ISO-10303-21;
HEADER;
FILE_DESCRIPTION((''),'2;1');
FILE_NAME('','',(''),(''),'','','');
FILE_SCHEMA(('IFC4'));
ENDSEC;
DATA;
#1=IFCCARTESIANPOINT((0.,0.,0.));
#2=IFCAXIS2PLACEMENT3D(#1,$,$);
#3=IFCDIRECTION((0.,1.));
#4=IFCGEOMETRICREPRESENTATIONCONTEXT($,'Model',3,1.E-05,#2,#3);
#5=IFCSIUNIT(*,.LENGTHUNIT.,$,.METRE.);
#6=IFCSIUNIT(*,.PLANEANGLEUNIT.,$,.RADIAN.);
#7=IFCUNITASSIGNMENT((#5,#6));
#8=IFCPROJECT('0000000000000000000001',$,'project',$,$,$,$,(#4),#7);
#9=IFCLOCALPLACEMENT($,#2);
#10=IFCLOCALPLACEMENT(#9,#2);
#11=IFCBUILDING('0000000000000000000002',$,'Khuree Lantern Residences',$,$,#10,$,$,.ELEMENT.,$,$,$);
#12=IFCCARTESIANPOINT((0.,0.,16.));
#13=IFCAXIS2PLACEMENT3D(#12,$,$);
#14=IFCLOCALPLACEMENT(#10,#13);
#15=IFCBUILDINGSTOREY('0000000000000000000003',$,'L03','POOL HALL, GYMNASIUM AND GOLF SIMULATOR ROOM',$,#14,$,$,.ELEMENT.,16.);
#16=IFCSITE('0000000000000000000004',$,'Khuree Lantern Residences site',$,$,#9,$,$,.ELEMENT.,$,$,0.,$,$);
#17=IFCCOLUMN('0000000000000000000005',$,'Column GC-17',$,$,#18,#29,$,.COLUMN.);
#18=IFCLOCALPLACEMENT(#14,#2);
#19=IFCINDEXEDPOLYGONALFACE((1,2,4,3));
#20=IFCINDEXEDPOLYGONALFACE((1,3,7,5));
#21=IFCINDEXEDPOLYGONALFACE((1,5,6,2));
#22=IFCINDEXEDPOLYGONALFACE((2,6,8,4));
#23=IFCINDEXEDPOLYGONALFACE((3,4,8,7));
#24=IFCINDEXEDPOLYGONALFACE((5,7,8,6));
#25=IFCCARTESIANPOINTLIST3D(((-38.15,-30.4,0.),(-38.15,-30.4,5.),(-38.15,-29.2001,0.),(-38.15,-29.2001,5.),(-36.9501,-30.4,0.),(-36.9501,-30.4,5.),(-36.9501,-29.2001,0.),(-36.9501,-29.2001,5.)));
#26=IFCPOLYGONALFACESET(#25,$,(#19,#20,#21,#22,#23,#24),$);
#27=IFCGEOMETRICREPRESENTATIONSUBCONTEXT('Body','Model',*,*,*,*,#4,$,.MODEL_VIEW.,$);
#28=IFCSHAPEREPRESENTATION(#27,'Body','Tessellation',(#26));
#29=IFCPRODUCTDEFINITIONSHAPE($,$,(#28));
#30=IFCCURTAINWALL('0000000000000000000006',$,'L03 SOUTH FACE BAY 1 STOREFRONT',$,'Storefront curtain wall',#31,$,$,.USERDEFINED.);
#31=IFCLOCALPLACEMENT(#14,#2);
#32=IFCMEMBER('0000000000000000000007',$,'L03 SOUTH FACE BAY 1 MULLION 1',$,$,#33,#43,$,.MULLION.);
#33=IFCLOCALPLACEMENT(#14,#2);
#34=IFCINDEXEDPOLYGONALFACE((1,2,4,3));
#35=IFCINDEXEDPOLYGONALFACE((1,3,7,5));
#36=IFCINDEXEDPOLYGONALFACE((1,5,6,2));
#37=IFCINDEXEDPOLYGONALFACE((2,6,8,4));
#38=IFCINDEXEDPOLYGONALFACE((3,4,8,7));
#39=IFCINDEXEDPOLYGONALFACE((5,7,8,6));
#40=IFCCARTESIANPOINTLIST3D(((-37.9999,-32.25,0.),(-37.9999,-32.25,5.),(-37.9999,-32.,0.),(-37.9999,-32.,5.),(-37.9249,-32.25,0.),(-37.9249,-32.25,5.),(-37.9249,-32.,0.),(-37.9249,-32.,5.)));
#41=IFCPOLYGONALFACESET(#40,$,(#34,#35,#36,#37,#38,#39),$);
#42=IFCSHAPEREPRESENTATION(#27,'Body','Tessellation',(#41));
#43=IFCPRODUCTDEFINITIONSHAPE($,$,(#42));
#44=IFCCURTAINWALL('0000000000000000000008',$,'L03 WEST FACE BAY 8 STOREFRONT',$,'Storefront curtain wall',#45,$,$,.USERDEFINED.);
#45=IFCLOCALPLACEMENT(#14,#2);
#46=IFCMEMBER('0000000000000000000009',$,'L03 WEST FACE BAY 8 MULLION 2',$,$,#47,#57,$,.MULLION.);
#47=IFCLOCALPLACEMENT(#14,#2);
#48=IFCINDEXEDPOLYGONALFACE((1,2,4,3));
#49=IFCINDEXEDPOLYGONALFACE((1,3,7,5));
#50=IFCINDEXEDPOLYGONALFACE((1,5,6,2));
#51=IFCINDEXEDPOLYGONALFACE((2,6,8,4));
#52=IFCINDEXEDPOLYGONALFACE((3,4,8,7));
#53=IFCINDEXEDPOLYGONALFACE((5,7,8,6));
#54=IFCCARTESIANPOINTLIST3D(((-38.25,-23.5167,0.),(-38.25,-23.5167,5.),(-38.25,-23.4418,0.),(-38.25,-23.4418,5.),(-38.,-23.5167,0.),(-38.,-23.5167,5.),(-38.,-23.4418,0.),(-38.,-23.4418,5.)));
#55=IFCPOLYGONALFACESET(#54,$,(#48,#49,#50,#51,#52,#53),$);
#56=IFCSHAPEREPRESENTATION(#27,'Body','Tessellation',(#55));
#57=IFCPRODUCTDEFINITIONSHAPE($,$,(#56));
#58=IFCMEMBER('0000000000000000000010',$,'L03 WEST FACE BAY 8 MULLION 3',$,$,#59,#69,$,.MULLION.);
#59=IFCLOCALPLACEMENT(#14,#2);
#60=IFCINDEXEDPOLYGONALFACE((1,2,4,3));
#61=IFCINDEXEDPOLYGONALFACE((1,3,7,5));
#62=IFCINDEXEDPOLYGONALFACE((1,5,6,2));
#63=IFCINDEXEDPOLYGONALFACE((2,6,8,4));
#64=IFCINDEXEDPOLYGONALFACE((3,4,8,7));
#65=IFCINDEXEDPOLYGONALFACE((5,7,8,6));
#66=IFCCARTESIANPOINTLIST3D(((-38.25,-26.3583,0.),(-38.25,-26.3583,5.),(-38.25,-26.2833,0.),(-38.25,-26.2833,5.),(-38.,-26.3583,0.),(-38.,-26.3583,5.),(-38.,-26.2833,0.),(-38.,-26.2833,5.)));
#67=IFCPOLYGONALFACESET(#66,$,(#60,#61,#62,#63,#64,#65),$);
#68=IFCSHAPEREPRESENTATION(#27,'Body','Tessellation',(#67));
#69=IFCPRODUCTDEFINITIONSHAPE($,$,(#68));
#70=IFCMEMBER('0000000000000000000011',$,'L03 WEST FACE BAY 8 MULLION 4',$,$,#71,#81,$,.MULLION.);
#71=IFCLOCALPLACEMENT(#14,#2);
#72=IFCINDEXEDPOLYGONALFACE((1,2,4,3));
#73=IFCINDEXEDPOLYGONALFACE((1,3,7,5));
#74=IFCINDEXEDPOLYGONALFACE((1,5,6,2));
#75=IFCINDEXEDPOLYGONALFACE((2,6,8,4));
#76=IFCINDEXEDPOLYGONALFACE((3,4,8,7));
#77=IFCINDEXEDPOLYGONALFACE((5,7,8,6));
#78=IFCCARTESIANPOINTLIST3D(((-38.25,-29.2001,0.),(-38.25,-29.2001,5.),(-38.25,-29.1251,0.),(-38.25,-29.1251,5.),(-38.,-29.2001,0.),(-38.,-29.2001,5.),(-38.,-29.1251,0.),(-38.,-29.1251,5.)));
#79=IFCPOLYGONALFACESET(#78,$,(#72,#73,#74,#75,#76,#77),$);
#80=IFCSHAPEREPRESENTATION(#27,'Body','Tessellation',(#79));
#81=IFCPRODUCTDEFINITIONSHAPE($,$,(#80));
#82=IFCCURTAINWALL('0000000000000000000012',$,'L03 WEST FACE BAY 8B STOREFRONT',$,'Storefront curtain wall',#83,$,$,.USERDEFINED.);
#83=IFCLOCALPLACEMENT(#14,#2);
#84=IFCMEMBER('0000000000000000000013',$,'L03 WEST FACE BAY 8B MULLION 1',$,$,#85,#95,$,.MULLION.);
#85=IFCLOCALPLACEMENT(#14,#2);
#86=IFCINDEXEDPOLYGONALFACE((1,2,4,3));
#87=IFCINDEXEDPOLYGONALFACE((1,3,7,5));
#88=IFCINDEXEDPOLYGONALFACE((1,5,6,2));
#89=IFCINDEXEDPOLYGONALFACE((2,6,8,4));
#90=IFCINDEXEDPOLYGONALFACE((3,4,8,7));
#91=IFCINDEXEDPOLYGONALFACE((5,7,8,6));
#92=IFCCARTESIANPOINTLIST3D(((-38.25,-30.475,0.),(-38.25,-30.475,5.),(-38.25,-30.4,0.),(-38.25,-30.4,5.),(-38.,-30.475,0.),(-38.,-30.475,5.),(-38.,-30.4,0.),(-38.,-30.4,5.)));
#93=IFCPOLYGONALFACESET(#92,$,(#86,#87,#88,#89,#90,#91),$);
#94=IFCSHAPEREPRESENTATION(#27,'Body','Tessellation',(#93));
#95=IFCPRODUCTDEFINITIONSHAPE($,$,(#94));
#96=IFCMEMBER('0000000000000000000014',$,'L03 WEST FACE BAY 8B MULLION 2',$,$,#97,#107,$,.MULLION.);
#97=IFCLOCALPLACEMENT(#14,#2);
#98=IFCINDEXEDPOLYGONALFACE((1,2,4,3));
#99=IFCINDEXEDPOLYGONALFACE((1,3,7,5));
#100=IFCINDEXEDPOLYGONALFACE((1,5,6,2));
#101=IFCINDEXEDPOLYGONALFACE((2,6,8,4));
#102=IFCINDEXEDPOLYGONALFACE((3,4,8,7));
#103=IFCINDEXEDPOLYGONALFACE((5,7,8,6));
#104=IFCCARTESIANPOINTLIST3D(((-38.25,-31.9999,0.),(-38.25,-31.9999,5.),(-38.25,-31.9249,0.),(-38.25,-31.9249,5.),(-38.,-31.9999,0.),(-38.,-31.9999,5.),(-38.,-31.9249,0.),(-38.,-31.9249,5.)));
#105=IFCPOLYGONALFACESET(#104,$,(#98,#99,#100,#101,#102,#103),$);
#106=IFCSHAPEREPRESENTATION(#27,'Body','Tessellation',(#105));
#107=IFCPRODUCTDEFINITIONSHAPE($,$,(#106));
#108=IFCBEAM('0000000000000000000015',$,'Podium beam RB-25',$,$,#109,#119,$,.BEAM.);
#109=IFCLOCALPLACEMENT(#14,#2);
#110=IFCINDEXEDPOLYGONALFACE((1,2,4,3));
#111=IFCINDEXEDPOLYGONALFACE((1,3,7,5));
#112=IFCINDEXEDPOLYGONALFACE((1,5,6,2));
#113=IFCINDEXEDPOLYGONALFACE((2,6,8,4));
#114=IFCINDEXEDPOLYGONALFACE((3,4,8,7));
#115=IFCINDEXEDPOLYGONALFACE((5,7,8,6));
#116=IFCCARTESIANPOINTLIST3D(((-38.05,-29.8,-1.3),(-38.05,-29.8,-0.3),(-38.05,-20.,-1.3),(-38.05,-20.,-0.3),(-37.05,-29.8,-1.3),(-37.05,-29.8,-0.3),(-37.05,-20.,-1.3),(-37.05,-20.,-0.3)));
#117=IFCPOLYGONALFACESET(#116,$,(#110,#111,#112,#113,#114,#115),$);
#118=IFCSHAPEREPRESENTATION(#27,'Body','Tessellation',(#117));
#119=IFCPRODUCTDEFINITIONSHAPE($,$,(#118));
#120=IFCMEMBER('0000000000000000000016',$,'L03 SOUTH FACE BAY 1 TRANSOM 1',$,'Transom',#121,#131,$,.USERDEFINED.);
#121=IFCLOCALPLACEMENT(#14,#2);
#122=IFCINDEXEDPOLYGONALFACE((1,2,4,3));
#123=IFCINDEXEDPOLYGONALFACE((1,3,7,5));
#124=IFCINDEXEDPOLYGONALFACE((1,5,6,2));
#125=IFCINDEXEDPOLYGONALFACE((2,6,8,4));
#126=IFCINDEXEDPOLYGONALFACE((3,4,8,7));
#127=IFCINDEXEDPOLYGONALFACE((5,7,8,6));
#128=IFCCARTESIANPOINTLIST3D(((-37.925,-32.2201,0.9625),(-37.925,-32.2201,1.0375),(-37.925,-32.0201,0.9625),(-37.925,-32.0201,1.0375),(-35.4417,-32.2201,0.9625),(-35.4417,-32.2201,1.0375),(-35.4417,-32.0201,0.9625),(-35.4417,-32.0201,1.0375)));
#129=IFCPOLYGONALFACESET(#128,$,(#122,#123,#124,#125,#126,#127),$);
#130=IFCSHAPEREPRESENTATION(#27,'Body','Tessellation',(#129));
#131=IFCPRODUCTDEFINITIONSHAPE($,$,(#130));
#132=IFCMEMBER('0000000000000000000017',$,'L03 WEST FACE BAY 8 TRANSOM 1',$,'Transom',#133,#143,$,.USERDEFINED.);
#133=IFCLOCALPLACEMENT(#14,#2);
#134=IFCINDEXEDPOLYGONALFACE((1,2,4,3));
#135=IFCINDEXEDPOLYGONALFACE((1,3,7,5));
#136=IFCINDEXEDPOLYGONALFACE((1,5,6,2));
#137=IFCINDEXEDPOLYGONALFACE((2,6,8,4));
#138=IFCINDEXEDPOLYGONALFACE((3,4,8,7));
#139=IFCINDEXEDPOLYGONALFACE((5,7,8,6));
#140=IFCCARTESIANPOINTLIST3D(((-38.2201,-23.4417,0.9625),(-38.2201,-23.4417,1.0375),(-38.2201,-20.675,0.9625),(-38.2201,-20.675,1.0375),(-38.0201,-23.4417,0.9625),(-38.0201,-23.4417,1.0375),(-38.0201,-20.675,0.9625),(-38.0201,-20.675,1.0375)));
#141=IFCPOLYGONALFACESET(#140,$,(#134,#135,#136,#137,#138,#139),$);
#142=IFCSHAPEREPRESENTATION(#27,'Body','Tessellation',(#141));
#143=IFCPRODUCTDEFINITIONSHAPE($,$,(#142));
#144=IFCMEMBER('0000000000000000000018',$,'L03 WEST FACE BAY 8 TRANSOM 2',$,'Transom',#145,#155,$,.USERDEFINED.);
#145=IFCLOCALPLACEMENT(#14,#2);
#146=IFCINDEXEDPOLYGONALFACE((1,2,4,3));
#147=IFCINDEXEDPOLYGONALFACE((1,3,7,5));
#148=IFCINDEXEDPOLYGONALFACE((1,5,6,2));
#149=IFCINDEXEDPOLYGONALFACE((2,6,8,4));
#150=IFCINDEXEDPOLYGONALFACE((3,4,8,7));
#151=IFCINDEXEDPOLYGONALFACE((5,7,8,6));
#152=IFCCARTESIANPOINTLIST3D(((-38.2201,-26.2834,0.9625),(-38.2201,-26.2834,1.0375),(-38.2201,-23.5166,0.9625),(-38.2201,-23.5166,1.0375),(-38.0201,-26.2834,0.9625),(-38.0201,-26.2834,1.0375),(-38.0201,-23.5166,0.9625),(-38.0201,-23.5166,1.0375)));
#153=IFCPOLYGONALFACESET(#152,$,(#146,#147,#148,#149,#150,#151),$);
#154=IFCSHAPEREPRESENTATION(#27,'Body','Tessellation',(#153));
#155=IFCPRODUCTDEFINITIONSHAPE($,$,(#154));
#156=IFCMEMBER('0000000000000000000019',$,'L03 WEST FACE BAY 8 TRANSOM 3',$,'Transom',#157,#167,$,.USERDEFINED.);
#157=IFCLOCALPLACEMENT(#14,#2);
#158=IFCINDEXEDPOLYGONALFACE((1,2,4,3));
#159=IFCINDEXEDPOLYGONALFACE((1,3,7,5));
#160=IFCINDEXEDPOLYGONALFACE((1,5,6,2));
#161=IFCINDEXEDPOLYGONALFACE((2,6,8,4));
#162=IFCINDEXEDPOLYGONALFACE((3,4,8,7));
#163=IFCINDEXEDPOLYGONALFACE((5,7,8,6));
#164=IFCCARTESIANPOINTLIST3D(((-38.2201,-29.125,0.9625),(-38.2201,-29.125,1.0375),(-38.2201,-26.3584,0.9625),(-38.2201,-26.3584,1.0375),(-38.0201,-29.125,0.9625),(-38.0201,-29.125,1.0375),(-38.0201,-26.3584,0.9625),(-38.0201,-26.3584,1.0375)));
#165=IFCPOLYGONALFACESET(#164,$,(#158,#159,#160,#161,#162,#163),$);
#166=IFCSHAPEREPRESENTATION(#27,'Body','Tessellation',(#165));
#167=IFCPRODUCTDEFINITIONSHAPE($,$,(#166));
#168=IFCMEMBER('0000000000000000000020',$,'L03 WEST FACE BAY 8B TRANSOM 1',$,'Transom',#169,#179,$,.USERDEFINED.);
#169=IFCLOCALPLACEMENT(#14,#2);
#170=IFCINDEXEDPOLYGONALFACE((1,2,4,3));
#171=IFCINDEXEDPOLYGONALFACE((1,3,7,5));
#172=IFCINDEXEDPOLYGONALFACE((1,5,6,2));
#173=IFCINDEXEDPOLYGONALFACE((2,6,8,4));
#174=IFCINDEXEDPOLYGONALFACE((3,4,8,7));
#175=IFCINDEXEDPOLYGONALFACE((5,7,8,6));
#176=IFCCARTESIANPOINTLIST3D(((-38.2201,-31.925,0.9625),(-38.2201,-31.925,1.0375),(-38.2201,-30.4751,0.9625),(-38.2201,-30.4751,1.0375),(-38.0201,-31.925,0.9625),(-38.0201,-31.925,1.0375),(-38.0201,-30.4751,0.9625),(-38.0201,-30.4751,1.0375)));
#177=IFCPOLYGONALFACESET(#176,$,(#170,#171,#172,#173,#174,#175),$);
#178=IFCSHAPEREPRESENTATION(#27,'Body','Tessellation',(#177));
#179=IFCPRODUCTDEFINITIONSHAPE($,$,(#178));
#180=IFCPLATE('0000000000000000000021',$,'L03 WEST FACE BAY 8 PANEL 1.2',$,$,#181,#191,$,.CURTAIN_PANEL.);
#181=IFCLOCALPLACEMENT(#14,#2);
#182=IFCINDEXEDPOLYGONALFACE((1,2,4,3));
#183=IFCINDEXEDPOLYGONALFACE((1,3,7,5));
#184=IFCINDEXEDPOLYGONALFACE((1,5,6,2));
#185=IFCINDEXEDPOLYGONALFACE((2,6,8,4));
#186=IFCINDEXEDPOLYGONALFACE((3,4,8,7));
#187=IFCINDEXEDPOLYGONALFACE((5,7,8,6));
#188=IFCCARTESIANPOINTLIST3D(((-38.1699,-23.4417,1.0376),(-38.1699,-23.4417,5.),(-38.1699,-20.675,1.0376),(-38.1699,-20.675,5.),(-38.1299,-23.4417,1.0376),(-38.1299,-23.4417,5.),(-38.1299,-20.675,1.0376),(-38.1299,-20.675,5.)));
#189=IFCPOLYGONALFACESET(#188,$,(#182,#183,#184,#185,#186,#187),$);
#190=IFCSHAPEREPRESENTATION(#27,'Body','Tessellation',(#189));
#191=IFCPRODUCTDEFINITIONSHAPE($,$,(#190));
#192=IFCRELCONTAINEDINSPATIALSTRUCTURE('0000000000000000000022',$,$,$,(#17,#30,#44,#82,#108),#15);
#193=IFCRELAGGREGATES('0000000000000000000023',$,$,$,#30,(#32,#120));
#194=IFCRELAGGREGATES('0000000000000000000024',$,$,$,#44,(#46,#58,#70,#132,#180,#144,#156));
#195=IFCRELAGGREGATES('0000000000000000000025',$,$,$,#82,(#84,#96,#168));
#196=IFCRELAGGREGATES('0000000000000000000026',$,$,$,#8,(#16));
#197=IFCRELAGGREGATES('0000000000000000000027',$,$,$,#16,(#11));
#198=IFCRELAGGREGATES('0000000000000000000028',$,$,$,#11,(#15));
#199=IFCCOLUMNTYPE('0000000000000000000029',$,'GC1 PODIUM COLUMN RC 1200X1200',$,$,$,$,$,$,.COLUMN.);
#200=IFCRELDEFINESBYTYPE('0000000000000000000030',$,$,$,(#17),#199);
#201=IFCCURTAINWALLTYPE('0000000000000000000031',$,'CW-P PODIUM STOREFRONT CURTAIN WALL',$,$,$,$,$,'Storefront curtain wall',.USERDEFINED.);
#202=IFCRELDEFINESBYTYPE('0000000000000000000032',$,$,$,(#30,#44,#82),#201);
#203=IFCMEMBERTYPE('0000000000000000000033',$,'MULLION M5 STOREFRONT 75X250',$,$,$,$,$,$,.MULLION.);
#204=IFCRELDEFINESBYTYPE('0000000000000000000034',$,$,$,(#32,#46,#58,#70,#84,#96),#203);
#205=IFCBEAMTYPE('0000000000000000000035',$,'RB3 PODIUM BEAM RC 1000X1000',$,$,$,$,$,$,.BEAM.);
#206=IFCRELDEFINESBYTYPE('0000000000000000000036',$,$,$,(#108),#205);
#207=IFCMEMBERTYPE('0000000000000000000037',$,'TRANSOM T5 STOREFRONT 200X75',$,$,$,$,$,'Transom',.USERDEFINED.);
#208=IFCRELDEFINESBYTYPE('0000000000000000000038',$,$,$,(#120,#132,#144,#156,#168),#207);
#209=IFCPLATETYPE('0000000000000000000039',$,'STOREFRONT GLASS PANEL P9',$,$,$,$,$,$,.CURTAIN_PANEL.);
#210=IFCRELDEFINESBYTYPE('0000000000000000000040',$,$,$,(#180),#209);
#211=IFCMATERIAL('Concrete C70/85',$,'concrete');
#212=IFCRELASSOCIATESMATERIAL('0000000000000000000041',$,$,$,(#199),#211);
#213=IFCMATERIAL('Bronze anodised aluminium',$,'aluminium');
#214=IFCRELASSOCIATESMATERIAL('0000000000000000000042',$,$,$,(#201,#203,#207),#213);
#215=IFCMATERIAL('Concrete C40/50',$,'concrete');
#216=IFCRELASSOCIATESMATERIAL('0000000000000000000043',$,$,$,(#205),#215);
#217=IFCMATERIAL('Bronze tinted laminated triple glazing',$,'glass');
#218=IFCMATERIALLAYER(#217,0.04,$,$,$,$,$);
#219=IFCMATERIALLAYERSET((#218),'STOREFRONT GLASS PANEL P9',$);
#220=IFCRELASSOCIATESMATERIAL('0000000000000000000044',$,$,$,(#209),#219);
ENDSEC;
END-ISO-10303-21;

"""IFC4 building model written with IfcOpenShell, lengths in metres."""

from ifc_helpers import new_model, si_unit, direction, frame, origin, origin_2d, place, context, subcontext, project, spatial, rectangle, extrude, material, layer, layer_set, material_profile, profile_set, type_object, element, aggregate, save


model = new_model("IFC4")

# Units and contexts
model_context = context("Model", 3, precision=1e-05, world=origin(), true_north=direction((0.0, 1.0)))
body_context = subcontext(model_context, "Body", "Model", "MODEL_VIEW")
ifc_project = project(units=[si_unit("LENGTHUNIT", "METRE"), si_unit("PLANEANGLEUNIT", "RADIAN")], contexts=[model_context])

# Site, building, storey
site_placement = place(None, origin())
site = spatial("IfcSite", under=ifc_project, at=site_placement, Name="Khuree Lantern Residences site", CompositionType="ELEMENT", RefElevation=0.0)
building_placement = place(site_placement, origin())
building = spatial("IfcBuilding", under=site, at=building_placement, Name="Khuree Lantern Residences", CompositionType="ELEMENT")
storey_placement = place(building_placement, frame((0.0, 0.0, 16.0)))
storey = spatial("IfcBuildingStorey", under=building, at=storey_placement, Name="L03", Description="POOL HALL, GYMNASIUM AND GOLF SIMULATOR ROOM", CompositionType="ELEMENT", Elevation=16.0)

# Column
ifc_material_1 = material(Name="Concrete C70/85", Category="concrete")
ifc_material_profile_1 = material_profile(ifc_material_1, rectangle(XDim=1.2, YDim=1.2, at=origin_2d()), Name="RC 1200X1200")
ifc_profile_set_1 = profile_set([ifc_material_profile_1], Name="Concrete C70/85")
column_type = type_object("IfcColumnType", Name="GC1 PODIUM COLUMN RC 1200X1200", PredefinedType="COLUMN", material=ifc_profile_set_1)
column_placement = place(storey_placement, frame((-37.55, -29.8, 0.0), z_axis=(0.0, 0.0, 1.0), x_axis=(1.0, 0.0, 0.0)))
element("IfcColumn", 1, at=column_placement, inside=storey, type_object=column_type, Name="Column GC-17", PredefinedType="COLUMN", context=body_context, shape_type="SweptSolid", body=[
    extrude(rectangle(XDim=1.2, YDim=1.2, at=origin_2d()), origin(), (0.0, 0.0, 1.0), 5.0),
])

# Curtain wall, member
ifc_material_2 = material(Name="Bronze anodised aluminium", Category="aluminium")
curtain_wall_type = type_object("IfcCurtainWallType", Name="CW-P PODIUM STOREFRONT CURTAIN WALL", ElementType="Storefront curtain wall", PredefinedType="USERDEFINED", material=ifc_material_2)
curtain_wall_1_placement = place(storey_placement, origin())
curtain_wall_1 = element("IfcCurtainWall", 2, at=curtain_wall_1_placement, inside=storey, type_object=curtain_wall_type, Name="L03 SOUTH FACE BAY 1 STOREFRONT", ObjectType="Storefront curtain wall", PredefinedType="USERDEFINED")
ifc_material_profile_2 = material_profile(ifc_material_2, rectangle(XDim=0.075, YDim=0.25, at=origin_2d()), Name="M5 75X250")
ifc_profile_set_2 = profile_set([ifc_material_profile_2], Name="Bronze anodised aluminium")
member_type_1 = type_object("IfcMemberType", Name="MULLION M5 STOREFRONT 75X250", PredefinedType="MULLION", material=ifc_profile_set_2)
member_1_placement = place(storey_placement, frame((-37.9624, -32.125, 0.0), z_axis=(0.0, 0.0, 1.0), x_axis=(1.0, 0.0, 0.0)))
member_1 = element("IfcMember", 3, at=member_1_placement, type_object=member_type_1, Name="L03 SOUTH FACE BAY 1 MULLION 1", PredefinedType="MULLION", context=body_context, shape_type="SweptSolid", body=[
    extrude(rectangle(XDim=0.075, YDim=0.25, at=origin_2d()), origin(), (0.0, 0.0, 1.0), 5.0),
])

# Curtain walls, members
curtain_wall_2_placement = place(storey_placement, origin())
curtain_wall_2 = element("IfcCurtainWall", 4, at=curtain_wall_2_placement, inside=storey, type_object=curtain_wall_type, Name="L03 WEST FACE BAY 8 STOREFRONT", ObjectType="Storefront curtain wall", PredefinedType="USERDEFINED")
member_2_placement = place(storey_placement, frame((-38.125, -23.4792, 0.0), z_axis=(0.0, 0.0, 1.0), x_axis=(0.0, -1.0, 0.0)))
member_2 = element("IfcMember", 5, at=member_2_placement, type_object=member_type_1, Name="L03 WEST FACE BAY 8 MULLION 2", PredefinedType="MULLION", context=body_context, shape_type="SweptSolid", body=[
    extrude(rectangle(XDim=0.075, YDim=0.25, at=origin_2d()), origin(), (0.0, 0.0, 1.0), 5.0),
])
member_3_placement = place(storey_placement, frame((-38.125, -26.3208, 0.0), z_axis=(0.0, 0.0, 1.0), x_axis=(0.0, -1.0, 0.0)))
member_3 = element("IfcMember", 6, at=member_3_placement, type_object=member_type_1, Name="L03 WEST FACE BAY 8 MULLION 3", PredefinedType="MULLION", context=body_context, shape_type="SweptSolid", body=[
    extrude(rectangle(XDim=0.075, YDim=0.25, at=origin_2d()), origin(), (0.0, 0.0, 1.0), 5.0),
])
member_4_placement = place(storey_placement, frame((-38.125, -29.1626, 0.0), z_axis=(0.0, 0.0, 1.0), x_axis=(0.0, -1.0, 0.0)))
member_4 = element("IfcMember", 7, at=member_4_placement, type_object=member_type_1, Name="L03 WEST FACE BAY 8 MULLION 4", PredefinedType="MULLION", context=body_context, shape_type="SweptSolid", body=[
    extrude(rectangle(XDim=0.075, YDim=0.25, at=origin_2d()), origin(), (0.0, 0.0, 1.0), 5.0),
])
curtain_wall_3_placement = place(storey_placement, origin())
curtain_wall_3 = element("IfcCurtainWall", 8, at=curtain_wall_3_placement, inside=storey, type_object=curtain_wall_type, Name="L03 WEST FACE BAY 8B STOREFRONT", ObjectType="Storefront curtain wall", PredefinedType="USERDEFINED")
member_5_placement = place(storey_placement, frame((-38.125, -30.4375, 0.0), z_axis=(0.0, 0.0, 1.0), x_axis=(0.0, -1.0, 0.0)))
member_5 = element("IfcMember", 9, at=member_5_placement, type_object=member_type_1, Name="L03 WEST FACE BAY 8B MULLION 1", PredefinedType="MULLION", context=body_context, shape_type="SweptSolid", body=[
    extrude(rectangle(XDim=0.075, YDim=0.25, at=origin_2d()), origin(), (0.0, 0.0, 1.0), 5.0),
])
member_6_placement = place(storey_placement, frame((-38.125, -31.9624, 0.0), z_axis=(0.0, 0.0, 1.0), x_axis=(0.0, -1.0, 0.0)))
member_6 = element("IfcMember", 10, at=member_6_placement, type_object=member_type_1, Name="L03 WEST FACE BAY 8B MULLION 2", PredefinedType="MULLION", context=body_context, shape_type="SweptSolid", body=[
    extrude(rectangle(XDim=0.075, YDim=0.25, at=origin_2d()), origin(), (0.0, 0.0, 1.0), 5.0),
])

# Beam
ifc_material_3 = material(Name="Concrete C40/50", Category="concrete")
ifc_material_profile_3 = material_profile(ifc_material_3, rectangle(XDim=1.0, YDim=1.0, at=origin_2d()), Name="RC 1000X1000")
ifc_profile_set_3 = profile_set([ifc_material_profile_3], Name="Concrete C40/50")
beam_type = type_object("IfcBeamType", Name="RB3 PODIUM BEAM RC 1000X1000", PredefinedType="BEAM", material=ifc_profile_set_3)
beam_placement = place(storey_placement, frame((-37.55, -29.8, -0.8), z_axis=(0.0, 1.0, 0.0), x_axis=(-1.0, 0.0, 0.0)))
element("IfcBeam", 11, at=beam_placement, inside=storey, type_object=beam_type, Name="Podium beam RB-25", PredefinedType="BEAM", context=body_context, shape_type="SweptSolid", body=[
    extrude(rectangle(XDim=1.0, YDim=1.0, at=origin_2d()), origin(), (0.0, 0.0, 1.0), 9.8),
])

# Members
ifc_material_profile_4 = material_profile(ifc_material_2, rectangle(XDim=0.2, YDim=0.075, at=origin_2d()), Name="T5 200X75")
ifc_profile_set_4 = profile_set([ifc_material_profile_4], Name="Bronze anodised aluminium")
member_type_2 = type_object("IfcMemberType", Name="TRANSOM T5 STOREFRONT 200X75", ElementType="Transom", PredefinedType="USERDEFINED", material=ifc_profile_set_4)
member_7_placement = place(storey_placement, frame((-37.925, -32.1201, 1.0), z_axis=(1.0, 0.0, 0.0), x_axis=(0.0, 1.0, 0.0)))
member_7 = element("IfcMember", 12, at=member_7_placement, type_object=member_type_2, Name="L03 SOUTH FACE BAY 1 TRANSOM 1", ObjectType="Transom", PredefinedType="USERDEFINED", context=body_context, shape_type="SweptSolid", body=[
    extrude(rectangle(XDim=0.2, YDim=0.075, at=origin_2d()), origin(), (0.0, 0.0, 1.0), 2.4834),
])
aggregate(curtain_wall_1, [member_1, member_7])
member_8_placement = place(storey_placement, frame((-38.1201, -20.675, 1.0), z_axis=(0.0, -1.0, 0.0), x_axis=(1.0, 0.0, 0.0)))
member_8 = element("IfcMember", 13, at=member_8_placement, type_object=member_type_2, Name="L03 WEST FACE BAY 8 TRANSOM 1", ObjectType="Transom", PredefinedType="USERDEFINED", context=body_context, shape_type="SweptSolid", body=[
    extrude(rectangle(XDim=0.2, YDim=0.075, at=origin_2d()), origin(), (0.0, 0.0, 1.0), 2.7666),
])
member_9_placement = place(storey_placement, frame((-38.1201, -23.5166, 1.0), z_axis=(0.0, -1.0, 0.0), x_axis=(1.0, 0.0, 0.0)))
member_9 = element("IfcMember", 14, at=member_9_placement, type_object=member_type_2, Name="L03 WEST FACE BAY 8 TRANSOM 2", ObjectType="Transom", PredefinedType="USERDEFINED", context=body_context, shape_type="SweptSolid", body=[
    extrude(rectangle(XDim=0.2, YDim=0.075, at=origin_2d()), origin(), (0.0, 0.0, 1.0), 2.7668),
])
member_10_placement = place(storey_placement, frame((-38.1201, -26.3584, 1.0), z_axis=(0.0, -1.0, 0.0), x_axis=(1.0, 0.0, 0.0)))
member_10 = element("IfcMember", 15, at=member_10_placement, type_object=member_type_2, Name="L03 WEST FACE BAY 8 TRANSOM 3", ObjectType="Transom", PredefinedType="USERDEFINED", context=body_context, shape_type="SweptSolid", body=[
    extrude(rectangle(XDim=0.2, YDim=0.075, at=origin_2d()), origin(), (0.0, 0.0, 1.0), 2.7666),
])
member_11_placement = place(storey_placement, frame((-38.1201, -30.4751, 1.0), z_axis=(0.0, -1.0, 0.0), x_axis=(1.0, 0.0, 0.0)))
member_11 = element("IfcMember", 16, at=member_11_placement, type_object=member_type_2, Name="L03 WEST FACE BAY 8B TRANSOM 1", ObjectType="Transom", PredefinedType="USERDEFINED", context=body_context, shape_type="SweptSolid", body=[
    extrude(rectangle(XDim=0.2, YDim=0.075, at=origin_2d()), origin(), (0.0, 0.0, 1.0), 1.45),
])

# Plate
ifc_material_4 = material(Name="Bronze tinted laminated triple glazing", Category="glass")
ifc_layer_1 = layer(ifc_material_4, 0.04)
ifc_layer_set_1 = layer_set([ifc_layer_1], Name="STOREFRONT GLASS PANEL P9")
plate_type_1 = type_object("IfcPlateType", Name="STOREFRONT GLASS PANEL P9", PredefinedType="CURTAIN_PANEL", material=ifc_layer_set_1)
plate_1_placement = place(storey_placement, frame((-38.1499, -22.0583, 1.0376), z_axis=(0.0, 0.0, 1.0), x_axis=(0.0, -1.0, 0.0)))
plate_1 = element("IfcPlate", 17, at=plate_1_placement, type_object=plate_type_1, Name="L03 WEST FACE BAY 8 PANEL 1.2", PredefinedType="CURTAIN_PANEL", context=body_context, shape_type="SweptSolid", body=[
    extrude(rectangle(XDim=2.7666, YDim=0.04, at=origin_2d()), origin(), (0.0, 0.0, 1.0), 3.9624),
])
aggregate(curtain_wall_2, [member_2, member_3, member_4, member_8, plate_1, member_9, member_10])
aggregate(curtain_wall_3, [member_5, member_6, member_11])

save(model, "model.ifc")
